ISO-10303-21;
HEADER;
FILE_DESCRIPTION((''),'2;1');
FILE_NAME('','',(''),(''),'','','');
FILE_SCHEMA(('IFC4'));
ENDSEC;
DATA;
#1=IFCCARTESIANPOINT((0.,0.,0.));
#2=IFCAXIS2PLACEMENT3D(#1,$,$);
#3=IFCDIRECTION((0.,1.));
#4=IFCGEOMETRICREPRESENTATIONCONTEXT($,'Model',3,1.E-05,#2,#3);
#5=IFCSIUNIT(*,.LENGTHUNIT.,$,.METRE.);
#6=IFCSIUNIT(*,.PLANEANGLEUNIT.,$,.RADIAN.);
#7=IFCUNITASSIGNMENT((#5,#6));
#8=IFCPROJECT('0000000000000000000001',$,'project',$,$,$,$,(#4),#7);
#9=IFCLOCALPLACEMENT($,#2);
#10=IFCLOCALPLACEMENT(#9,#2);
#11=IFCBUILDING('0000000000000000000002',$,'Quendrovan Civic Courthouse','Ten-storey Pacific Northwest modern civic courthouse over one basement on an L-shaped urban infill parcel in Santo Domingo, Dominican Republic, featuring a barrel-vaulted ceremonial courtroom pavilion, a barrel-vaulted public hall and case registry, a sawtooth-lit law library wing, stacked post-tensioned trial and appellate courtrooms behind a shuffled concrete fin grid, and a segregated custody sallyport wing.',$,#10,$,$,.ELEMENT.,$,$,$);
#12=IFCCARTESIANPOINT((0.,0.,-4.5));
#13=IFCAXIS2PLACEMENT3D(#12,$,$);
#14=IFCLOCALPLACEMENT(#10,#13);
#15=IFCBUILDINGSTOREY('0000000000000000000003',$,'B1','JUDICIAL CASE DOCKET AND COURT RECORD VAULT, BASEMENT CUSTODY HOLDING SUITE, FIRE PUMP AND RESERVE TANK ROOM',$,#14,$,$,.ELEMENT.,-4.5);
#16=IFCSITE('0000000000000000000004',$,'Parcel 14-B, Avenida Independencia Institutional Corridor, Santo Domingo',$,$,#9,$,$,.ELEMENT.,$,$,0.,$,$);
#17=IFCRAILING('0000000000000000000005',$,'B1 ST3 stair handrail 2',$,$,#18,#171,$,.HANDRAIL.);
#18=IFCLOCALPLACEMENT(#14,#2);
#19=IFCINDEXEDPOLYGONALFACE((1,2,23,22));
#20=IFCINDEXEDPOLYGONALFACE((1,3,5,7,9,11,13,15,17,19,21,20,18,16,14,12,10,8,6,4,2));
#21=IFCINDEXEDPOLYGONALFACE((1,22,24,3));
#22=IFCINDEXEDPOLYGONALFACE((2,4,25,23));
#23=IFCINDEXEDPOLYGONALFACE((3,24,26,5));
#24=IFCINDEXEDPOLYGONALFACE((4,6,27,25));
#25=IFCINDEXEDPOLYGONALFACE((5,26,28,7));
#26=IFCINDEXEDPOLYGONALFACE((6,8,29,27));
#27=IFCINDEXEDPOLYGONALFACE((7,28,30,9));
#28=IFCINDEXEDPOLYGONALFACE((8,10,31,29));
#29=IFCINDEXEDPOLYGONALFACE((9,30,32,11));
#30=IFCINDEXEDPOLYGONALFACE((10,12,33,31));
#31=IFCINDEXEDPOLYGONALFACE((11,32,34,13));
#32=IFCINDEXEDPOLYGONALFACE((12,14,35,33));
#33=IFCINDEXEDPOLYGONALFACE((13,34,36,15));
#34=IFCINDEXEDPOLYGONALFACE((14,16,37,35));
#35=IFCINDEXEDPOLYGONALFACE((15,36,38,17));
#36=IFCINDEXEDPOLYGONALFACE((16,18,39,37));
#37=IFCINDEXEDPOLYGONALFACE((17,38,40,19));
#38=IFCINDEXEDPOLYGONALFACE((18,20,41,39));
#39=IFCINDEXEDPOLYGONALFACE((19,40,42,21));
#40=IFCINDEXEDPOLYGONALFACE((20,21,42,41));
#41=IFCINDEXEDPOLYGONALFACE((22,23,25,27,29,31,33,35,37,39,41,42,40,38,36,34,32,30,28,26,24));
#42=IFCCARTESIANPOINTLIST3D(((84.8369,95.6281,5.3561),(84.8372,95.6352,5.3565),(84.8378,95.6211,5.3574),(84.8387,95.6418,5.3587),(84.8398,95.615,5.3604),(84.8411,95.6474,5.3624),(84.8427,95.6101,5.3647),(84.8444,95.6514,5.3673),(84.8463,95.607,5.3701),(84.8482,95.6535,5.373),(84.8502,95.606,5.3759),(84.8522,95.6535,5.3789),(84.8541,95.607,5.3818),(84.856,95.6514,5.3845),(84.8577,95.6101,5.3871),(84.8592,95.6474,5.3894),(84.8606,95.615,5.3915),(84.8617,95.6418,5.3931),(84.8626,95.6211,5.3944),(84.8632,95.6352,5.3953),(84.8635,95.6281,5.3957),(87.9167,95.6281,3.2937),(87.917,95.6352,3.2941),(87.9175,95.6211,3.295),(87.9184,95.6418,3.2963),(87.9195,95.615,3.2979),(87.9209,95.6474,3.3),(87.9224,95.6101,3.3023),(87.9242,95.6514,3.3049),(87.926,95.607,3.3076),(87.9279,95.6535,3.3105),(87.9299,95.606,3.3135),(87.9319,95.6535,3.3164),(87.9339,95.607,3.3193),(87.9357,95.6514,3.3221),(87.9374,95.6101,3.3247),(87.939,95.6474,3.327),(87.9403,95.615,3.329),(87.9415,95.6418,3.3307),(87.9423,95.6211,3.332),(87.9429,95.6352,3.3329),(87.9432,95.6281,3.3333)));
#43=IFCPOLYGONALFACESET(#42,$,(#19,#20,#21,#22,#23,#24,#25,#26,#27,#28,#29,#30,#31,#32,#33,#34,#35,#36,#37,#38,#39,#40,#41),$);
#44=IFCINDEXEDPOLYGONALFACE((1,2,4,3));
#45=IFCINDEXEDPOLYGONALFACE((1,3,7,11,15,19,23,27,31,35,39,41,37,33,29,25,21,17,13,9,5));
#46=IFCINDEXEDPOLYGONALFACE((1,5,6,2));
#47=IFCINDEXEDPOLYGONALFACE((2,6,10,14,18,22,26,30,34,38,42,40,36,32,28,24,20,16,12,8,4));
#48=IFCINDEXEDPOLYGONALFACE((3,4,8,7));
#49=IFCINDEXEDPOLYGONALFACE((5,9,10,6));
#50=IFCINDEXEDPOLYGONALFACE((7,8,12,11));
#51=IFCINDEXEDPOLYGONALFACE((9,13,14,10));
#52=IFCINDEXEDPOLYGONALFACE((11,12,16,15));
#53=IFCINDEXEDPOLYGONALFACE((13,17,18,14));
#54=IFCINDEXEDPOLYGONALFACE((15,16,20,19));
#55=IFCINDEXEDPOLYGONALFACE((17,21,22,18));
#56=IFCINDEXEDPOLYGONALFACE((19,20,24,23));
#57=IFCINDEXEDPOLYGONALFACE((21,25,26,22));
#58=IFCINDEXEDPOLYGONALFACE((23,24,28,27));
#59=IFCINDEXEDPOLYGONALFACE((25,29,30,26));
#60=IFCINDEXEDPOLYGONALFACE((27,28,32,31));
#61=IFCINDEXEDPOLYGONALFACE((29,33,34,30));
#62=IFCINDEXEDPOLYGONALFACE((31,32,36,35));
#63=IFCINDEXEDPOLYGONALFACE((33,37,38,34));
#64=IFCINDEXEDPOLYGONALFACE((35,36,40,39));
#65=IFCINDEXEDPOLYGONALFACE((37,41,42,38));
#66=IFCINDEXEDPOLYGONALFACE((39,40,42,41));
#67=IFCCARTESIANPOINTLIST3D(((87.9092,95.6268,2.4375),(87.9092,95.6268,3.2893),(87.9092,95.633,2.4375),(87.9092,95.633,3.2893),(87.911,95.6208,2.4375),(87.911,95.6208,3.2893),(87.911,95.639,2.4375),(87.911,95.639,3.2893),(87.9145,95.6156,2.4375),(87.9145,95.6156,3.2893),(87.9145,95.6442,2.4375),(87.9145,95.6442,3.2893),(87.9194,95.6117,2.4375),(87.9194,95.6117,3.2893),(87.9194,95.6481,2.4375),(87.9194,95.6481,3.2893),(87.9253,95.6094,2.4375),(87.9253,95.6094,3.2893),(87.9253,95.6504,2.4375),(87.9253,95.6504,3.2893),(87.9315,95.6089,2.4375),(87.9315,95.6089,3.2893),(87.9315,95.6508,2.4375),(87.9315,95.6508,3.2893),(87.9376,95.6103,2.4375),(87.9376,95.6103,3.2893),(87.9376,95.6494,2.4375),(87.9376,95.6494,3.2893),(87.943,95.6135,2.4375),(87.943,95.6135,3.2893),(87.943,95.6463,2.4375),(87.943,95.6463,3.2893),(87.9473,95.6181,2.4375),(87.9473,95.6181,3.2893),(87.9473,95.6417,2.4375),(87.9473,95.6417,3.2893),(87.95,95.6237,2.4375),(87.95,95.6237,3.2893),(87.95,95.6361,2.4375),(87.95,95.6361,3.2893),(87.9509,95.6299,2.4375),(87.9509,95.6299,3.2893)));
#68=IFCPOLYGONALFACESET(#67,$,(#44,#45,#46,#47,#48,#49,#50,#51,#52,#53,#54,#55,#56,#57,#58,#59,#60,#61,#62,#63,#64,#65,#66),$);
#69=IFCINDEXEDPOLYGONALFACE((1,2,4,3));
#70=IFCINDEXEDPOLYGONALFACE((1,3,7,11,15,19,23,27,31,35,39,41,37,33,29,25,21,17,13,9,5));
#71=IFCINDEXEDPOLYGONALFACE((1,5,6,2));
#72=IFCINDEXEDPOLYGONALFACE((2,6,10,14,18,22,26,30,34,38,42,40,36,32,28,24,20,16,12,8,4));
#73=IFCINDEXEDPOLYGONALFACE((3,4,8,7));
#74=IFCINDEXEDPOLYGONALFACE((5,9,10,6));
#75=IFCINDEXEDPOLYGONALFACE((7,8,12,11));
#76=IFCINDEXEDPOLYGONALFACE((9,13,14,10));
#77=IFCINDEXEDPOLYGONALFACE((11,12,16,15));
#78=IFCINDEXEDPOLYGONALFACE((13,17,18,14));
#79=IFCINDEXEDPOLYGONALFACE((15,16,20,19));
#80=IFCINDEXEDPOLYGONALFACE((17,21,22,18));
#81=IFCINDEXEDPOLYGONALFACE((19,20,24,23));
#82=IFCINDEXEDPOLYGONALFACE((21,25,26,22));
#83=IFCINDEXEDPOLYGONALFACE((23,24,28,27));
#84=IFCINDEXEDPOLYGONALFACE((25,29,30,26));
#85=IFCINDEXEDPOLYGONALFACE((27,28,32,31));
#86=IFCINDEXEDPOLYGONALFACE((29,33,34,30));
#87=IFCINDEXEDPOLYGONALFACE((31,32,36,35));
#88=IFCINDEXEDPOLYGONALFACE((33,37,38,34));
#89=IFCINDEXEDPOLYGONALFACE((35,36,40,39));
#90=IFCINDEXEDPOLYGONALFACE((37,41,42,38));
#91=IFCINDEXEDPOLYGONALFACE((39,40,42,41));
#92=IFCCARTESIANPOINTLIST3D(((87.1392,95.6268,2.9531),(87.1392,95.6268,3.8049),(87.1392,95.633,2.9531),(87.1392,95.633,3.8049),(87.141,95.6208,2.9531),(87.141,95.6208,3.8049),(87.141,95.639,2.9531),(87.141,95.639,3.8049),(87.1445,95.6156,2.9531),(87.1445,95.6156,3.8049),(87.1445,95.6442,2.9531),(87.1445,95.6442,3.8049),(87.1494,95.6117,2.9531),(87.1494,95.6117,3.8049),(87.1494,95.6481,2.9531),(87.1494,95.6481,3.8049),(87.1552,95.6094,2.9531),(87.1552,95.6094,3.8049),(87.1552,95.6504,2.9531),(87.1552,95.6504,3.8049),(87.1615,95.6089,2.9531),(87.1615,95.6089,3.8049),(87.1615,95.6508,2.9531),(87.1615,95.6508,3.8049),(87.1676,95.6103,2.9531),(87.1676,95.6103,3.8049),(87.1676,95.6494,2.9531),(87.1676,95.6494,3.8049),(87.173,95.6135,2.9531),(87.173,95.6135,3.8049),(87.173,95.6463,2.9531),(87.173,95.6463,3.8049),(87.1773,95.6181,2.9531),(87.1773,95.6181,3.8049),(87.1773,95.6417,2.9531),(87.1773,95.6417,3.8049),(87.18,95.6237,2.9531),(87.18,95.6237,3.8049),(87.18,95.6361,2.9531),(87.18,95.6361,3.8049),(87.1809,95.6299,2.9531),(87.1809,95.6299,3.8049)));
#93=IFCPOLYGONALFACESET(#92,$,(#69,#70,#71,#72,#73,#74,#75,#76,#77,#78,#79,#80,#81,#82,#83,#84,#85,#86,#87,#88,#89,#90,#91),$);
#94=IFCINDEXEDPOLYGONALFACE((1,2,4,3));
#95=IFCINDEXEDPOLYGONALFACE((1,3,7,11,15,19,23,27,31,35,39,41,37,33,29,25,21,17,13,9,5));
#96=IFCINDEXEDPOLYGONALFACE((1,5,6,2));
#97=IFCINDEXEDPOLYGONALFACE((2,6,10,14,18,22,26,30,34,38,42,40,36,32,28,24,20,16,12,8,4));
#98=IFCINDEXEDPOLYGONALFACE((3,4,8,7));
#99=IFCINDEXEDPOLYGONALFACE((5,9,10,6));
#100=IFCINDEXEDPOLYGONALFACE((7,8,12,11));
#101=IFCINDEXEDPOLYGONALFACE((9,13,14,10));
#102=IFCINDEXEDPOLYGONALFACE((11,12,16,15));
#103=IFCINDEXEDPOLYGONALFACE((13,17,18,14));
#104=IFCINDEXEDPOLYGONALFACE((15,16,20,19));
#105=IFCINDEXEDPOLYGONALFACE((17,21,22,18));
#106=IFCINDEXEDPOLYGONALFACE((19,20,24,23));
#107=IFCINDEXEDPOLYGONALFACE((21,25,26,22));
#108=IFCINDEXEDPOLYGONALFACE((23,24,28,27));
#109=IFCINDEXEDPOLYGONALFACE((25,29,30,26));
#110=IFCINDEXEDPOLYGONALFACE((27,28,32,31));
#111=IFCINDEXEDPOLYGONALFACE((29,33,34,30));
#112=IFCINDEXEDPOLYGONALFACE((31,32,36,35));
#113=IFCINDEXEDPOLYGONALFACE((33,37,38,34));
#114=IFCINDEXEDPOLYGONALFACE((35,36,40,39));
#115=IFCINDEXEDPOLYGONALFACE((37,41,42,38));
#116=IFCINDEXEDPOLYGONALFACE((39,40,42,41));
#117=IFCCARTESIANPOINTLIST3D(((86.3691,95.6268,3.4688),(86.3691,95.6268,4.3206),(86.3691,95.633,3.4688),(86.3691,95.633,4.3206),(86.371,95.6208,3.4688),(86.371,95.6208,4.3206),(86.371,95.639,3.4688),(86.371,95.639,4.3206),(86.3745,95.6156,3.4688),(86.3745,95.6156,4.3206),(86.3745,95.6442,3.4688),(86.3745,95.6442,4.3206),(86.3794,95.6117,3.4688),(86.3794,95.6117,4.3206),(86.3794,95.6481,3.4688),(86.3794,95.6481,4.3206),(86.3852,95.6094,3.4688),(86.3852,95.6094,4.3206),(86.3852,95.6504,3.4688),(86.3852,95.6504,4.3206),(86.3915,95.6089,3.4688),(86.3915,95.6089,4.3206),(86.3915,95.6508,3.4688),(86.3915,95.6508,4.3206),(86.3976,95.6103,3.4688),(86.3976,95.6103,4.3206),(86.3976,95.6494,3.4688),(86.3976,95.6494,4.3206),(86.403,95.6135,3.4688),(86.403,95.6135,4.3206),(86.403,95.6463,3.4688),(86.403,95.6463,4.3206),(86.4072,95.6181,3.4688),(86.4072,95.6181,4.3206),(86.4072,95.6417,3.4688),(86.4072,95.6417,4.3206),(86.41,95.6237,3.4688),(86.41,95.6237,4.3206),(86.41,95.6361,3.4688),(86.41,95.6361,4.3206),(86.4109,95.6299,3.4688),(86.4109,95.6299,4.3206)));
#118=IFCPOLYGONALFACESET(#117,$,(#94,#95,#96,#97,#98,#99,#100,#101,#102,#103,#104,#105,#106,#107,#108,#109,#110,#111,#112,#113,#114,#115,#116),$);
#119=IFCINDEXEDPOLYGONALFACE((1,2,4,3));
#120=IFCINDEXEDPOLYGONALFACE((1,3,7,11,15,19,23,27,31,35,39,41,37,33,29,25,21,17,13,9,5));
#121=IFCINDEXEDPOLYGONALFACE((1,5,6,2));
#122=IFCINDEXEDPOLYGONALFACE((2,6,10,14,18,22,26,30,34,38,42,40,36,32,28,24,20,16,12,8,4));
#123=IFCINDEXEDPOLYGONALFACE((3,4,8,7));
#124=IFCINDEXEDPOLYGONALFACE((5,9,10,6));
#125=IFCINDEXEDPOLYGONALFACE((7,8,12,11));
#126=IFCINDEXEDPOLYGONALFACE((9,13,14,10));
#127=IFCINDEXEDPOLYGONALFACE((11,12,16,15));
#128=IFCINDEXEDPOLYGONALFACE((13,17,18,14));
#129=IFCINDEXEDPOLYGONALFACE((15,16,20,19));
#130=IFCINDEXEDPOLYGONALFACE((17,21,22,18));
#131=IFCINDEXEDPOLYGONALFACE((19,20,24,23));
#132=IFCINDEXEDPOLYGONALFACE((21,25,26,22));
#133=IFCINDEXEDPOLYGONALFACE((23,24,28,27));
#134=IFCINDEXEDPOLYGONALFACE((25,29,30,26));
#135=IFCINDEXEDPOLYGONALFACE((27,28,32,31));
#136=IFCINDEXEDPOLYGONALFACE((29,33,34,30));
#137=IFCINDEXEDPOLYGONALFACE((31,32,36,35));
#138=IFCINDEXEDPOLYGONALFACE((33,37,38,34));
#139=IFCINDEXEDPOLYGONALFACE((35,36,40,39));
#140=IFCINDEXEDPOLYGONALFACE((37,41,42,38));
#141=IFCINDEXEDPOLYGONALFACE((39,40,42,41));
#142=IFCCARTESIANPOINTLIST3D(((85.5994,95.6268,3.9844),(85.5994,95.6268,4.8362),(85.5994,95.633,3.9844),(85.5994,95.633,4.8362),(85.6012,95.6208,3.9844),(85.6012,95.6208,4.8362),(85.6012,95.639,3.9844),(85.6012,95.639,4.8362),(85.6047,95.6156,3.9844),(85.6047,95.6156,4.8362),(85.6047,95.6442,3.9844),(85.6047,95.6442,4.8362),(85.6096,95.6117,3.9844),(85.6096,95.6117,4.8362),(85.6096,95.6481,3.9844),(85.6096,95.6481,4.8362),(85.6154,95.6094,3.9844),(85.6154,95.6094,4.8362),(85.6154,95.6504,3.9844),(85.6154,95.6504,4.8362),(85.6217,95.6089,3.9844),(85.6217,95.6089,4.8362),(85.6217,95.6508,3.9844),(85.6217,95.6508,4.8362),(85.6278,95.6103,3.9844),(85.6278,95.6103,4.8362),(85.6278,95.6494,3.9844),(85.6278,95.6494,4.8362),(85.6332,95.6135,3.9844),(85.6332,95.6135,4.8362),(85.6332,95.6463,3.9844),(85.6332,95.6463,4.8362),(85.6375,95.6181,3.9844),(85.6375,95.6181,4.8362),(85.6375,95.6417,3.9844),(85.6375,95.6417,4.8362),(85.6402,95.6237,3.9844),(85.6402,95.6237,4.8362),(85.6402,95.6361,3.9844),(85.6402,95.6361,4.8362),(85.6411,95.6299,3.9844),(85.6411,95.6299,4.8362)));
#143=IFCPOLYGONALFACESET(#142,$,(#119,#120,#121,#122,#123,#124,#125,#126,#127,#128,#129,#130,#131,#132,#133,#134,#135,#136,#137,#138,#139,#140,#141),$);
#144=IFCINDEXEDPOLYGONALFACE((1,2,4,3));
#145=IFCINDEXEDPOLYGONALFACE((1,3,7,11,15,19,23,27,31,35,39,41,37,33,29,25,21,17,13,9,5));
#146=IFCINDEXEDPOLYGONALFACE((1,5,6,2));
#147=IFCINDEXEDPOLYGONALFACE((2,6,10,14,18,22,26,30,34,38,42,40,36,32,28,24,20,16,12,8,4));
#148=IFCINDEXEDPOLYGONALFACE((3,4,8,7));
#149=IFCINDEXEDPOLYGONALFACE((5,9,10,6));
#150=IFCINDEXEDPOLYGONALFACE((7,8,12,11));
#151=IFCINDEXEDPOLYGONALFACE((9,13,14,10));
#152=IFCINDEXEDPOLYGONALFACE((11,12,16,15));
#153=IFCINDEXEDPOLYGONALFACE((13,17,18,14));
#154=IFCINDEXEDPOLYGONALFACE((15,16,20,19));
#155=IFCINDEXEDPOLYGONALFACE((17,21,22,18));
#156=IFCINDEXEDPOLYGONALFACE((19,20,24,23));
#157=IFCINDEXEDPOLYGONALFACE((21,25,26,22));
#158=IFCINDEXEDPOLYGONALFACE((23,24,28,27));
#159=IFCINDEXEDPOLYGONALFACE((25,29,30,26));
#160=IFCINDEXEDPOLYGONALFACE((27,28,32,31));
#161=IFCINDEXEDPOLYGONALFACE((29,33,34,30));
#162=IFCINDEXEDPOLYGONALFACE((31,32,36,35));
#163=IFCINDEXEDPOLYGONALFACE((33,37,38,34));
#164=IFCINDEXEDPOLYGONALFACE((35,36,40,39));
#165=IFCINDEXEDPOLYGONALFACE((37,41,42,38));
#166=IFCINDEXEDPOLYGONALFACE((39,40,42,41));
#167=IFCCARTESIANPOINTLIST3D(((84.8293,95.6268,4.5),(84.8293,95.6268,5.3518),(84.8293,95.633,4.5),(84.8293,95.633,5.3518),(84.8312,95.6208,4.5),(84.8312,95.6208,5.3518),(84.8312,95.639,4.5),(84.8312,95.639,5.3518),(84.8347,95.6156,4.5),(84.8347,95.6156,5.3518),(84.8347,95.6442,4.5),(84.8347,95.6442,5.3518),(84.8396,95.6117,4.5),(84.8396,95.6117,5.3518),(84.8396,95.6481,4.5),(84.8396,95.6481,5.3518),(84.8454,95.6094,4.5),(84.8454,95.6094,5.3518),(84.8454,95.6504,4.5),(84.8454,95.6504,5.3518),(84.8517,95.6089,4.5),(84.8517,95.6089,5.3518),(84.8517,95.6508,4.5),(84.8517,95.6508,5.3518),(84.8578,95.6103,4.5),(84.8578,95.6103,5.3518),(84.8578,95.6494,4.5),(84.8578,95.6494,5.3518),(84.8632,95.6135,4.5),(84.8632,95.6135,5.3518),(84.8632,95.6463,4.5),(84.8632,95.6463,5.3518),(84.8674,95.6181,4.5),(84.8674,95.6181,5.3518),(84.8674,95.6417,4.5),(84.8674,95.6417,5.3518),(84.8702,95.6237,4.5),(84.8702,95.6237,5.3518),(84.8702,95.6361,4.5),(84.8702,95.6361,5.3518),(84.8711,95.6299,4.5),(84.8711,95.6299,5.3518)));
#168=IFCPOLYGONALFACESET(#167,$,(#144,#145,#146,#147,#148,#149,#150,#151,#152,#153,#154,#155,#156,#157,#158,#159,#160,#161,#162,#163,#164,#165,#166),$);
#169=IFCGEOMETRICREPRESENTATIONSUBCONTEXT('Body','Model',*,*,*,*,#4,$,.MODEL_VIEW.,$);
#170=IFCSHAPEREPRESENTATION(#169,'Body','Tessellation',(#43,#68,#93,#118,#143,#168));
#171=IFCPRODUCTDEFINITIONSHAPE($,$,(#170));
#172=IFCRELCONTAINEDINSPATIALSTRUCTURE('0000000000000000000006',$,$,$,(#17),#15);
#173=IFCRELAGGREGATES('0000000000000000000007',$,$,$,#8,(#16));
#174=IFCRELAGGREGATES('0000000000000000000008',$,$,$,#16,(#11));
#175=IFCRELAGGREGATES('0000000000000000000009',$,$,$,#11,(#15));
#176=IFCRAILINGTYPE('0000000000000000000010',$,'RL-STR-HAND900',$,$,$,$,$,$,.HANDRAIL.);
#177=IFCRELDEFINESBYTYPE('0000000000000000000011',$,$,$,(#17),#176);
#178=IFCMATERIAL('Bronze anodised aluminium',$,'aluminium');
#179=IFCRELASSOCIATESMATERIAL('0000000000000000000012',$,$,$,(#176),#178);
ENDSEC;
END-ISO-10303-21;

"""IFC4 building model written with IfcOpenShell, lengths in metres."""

from ifc_helpers import new_model, si_unit, direction, frame, origin, origin_2d, place, context, subcontext, project, spatial, circle, extrude, material, type_object, element, save


model = new_model("IFC4")

# Units and contexts
model_context = context("Model", 3, precision=1e-05, world=origin(), true_north=direction((0.0, 1.0)))
body_context = subcontext(model_context, "Body", "Model", "MODEL_VIEW")
ifc_project = project(units=[si_unit("LENGTHUNIT", "METRE"), si_unit("PLANEANGLEUNIT", "RADIAN")], contexts=[model_context])

# Site, building, storey
site_placement = place(None, origin())
site = spatial("IfcSite", under=ifc_project, at=site_placement, Name="Parcel 14-B, Avenida Independencia Institutional Corridor, Santo Domingo", CompositionType="ELEMENT", RefElevation=0.0)
building_placement = place(site_placement, origin())
building = spatial("IfcBuilding", under=site, at=building_placement, Name="Quendrovan Civic Courthouse", Description="Ten-storey Pacific Northwest modern civic courthouse over one basement on an L-shaped urban infill parcel in Santo Domingo, Dominican Republic, featuring a barrel-vaulted ceremonial courtroom pavilion, a barrel-vaulted public hall and case registry, a sawtooth-lit law library wing, stacked post-tensioned trial and appellate courtrooms behind a shuffled concrete fin grid, and a segregated custody sallyport wing.", CompositionType="ELEMENT")
storey_placement = place(building_placement, frame((0.0, 0.0, -4.5)))
storey = spatial("IfcBuildingStorey", under=building, at=storey_placement, Name="B1", Description="JUDICIAL CASE DOCKET AND COURT RECORD VAULT, BASEMENT CUSTODY HOLDING SUITE, FIRE PUMP AND RESERVE TANK ROOM", CompositionType="ELEMENT", Elevation=-4.5)

# Railing
ifc_material_1 = material(Name="Bronze anodised aluminium", Category="aluminium")
railing_type_1 = type_object("IfcRailingType", Name="RL-STR-HAND900", PredefinedType="HANDRAIL", material=ifc_material_1)
railing_1_placement = place(storey_placement, frame((87.9299, 95.6299, 2.4375)))
element("IfcRailing", 1, at=railing_1_placement, inside=storey, type_object=railing_type_1, Name="B1 ST3 stair handrail 2", PredefinedType="HANDRAIL", context=body_context, shape_type="SweptSolid", body=[
    extrude(circle(Radius=0.0239, at=origin_2d()), frame((0.0, 0.0, 0.876), z_axis=(-0.830893, 0.0, 0.556432), x_axis=(0.0, -1.0, 0.0)), (0.0, 0.0, 1.0), 3.7065),
    extrude(circle(Radius=0.021, at=origin_2d()), origin(), (0.0, 0.0, 1.0), 0.8518),
    extrude(circle(Radius=0.021, at=origin_2d()), frame((-0.77, 0.0, 0.5156)), (0.0, 0.0, 1.0), 0.8518),
    extrude(circle(Radius=0.021, at=origin_2d()), frame((-1.54, 0.0, 1.0312)), (0.0, 0.0, 1.0), 0.8518),
    extrude(circle(Radius=0.021, at=origin_2d()), frame((-2.3098, 0.0, 1.5469)), (0.0, 0.0, 1.0), 0.8518),
    extrude(circle(Radius=0.021, at=origin_2d()), frame((-3.0798, 0.0, 2.0625)), (0.0, 0.0, 1.0), 0.8518),
])

save(model, "model.ifc")
